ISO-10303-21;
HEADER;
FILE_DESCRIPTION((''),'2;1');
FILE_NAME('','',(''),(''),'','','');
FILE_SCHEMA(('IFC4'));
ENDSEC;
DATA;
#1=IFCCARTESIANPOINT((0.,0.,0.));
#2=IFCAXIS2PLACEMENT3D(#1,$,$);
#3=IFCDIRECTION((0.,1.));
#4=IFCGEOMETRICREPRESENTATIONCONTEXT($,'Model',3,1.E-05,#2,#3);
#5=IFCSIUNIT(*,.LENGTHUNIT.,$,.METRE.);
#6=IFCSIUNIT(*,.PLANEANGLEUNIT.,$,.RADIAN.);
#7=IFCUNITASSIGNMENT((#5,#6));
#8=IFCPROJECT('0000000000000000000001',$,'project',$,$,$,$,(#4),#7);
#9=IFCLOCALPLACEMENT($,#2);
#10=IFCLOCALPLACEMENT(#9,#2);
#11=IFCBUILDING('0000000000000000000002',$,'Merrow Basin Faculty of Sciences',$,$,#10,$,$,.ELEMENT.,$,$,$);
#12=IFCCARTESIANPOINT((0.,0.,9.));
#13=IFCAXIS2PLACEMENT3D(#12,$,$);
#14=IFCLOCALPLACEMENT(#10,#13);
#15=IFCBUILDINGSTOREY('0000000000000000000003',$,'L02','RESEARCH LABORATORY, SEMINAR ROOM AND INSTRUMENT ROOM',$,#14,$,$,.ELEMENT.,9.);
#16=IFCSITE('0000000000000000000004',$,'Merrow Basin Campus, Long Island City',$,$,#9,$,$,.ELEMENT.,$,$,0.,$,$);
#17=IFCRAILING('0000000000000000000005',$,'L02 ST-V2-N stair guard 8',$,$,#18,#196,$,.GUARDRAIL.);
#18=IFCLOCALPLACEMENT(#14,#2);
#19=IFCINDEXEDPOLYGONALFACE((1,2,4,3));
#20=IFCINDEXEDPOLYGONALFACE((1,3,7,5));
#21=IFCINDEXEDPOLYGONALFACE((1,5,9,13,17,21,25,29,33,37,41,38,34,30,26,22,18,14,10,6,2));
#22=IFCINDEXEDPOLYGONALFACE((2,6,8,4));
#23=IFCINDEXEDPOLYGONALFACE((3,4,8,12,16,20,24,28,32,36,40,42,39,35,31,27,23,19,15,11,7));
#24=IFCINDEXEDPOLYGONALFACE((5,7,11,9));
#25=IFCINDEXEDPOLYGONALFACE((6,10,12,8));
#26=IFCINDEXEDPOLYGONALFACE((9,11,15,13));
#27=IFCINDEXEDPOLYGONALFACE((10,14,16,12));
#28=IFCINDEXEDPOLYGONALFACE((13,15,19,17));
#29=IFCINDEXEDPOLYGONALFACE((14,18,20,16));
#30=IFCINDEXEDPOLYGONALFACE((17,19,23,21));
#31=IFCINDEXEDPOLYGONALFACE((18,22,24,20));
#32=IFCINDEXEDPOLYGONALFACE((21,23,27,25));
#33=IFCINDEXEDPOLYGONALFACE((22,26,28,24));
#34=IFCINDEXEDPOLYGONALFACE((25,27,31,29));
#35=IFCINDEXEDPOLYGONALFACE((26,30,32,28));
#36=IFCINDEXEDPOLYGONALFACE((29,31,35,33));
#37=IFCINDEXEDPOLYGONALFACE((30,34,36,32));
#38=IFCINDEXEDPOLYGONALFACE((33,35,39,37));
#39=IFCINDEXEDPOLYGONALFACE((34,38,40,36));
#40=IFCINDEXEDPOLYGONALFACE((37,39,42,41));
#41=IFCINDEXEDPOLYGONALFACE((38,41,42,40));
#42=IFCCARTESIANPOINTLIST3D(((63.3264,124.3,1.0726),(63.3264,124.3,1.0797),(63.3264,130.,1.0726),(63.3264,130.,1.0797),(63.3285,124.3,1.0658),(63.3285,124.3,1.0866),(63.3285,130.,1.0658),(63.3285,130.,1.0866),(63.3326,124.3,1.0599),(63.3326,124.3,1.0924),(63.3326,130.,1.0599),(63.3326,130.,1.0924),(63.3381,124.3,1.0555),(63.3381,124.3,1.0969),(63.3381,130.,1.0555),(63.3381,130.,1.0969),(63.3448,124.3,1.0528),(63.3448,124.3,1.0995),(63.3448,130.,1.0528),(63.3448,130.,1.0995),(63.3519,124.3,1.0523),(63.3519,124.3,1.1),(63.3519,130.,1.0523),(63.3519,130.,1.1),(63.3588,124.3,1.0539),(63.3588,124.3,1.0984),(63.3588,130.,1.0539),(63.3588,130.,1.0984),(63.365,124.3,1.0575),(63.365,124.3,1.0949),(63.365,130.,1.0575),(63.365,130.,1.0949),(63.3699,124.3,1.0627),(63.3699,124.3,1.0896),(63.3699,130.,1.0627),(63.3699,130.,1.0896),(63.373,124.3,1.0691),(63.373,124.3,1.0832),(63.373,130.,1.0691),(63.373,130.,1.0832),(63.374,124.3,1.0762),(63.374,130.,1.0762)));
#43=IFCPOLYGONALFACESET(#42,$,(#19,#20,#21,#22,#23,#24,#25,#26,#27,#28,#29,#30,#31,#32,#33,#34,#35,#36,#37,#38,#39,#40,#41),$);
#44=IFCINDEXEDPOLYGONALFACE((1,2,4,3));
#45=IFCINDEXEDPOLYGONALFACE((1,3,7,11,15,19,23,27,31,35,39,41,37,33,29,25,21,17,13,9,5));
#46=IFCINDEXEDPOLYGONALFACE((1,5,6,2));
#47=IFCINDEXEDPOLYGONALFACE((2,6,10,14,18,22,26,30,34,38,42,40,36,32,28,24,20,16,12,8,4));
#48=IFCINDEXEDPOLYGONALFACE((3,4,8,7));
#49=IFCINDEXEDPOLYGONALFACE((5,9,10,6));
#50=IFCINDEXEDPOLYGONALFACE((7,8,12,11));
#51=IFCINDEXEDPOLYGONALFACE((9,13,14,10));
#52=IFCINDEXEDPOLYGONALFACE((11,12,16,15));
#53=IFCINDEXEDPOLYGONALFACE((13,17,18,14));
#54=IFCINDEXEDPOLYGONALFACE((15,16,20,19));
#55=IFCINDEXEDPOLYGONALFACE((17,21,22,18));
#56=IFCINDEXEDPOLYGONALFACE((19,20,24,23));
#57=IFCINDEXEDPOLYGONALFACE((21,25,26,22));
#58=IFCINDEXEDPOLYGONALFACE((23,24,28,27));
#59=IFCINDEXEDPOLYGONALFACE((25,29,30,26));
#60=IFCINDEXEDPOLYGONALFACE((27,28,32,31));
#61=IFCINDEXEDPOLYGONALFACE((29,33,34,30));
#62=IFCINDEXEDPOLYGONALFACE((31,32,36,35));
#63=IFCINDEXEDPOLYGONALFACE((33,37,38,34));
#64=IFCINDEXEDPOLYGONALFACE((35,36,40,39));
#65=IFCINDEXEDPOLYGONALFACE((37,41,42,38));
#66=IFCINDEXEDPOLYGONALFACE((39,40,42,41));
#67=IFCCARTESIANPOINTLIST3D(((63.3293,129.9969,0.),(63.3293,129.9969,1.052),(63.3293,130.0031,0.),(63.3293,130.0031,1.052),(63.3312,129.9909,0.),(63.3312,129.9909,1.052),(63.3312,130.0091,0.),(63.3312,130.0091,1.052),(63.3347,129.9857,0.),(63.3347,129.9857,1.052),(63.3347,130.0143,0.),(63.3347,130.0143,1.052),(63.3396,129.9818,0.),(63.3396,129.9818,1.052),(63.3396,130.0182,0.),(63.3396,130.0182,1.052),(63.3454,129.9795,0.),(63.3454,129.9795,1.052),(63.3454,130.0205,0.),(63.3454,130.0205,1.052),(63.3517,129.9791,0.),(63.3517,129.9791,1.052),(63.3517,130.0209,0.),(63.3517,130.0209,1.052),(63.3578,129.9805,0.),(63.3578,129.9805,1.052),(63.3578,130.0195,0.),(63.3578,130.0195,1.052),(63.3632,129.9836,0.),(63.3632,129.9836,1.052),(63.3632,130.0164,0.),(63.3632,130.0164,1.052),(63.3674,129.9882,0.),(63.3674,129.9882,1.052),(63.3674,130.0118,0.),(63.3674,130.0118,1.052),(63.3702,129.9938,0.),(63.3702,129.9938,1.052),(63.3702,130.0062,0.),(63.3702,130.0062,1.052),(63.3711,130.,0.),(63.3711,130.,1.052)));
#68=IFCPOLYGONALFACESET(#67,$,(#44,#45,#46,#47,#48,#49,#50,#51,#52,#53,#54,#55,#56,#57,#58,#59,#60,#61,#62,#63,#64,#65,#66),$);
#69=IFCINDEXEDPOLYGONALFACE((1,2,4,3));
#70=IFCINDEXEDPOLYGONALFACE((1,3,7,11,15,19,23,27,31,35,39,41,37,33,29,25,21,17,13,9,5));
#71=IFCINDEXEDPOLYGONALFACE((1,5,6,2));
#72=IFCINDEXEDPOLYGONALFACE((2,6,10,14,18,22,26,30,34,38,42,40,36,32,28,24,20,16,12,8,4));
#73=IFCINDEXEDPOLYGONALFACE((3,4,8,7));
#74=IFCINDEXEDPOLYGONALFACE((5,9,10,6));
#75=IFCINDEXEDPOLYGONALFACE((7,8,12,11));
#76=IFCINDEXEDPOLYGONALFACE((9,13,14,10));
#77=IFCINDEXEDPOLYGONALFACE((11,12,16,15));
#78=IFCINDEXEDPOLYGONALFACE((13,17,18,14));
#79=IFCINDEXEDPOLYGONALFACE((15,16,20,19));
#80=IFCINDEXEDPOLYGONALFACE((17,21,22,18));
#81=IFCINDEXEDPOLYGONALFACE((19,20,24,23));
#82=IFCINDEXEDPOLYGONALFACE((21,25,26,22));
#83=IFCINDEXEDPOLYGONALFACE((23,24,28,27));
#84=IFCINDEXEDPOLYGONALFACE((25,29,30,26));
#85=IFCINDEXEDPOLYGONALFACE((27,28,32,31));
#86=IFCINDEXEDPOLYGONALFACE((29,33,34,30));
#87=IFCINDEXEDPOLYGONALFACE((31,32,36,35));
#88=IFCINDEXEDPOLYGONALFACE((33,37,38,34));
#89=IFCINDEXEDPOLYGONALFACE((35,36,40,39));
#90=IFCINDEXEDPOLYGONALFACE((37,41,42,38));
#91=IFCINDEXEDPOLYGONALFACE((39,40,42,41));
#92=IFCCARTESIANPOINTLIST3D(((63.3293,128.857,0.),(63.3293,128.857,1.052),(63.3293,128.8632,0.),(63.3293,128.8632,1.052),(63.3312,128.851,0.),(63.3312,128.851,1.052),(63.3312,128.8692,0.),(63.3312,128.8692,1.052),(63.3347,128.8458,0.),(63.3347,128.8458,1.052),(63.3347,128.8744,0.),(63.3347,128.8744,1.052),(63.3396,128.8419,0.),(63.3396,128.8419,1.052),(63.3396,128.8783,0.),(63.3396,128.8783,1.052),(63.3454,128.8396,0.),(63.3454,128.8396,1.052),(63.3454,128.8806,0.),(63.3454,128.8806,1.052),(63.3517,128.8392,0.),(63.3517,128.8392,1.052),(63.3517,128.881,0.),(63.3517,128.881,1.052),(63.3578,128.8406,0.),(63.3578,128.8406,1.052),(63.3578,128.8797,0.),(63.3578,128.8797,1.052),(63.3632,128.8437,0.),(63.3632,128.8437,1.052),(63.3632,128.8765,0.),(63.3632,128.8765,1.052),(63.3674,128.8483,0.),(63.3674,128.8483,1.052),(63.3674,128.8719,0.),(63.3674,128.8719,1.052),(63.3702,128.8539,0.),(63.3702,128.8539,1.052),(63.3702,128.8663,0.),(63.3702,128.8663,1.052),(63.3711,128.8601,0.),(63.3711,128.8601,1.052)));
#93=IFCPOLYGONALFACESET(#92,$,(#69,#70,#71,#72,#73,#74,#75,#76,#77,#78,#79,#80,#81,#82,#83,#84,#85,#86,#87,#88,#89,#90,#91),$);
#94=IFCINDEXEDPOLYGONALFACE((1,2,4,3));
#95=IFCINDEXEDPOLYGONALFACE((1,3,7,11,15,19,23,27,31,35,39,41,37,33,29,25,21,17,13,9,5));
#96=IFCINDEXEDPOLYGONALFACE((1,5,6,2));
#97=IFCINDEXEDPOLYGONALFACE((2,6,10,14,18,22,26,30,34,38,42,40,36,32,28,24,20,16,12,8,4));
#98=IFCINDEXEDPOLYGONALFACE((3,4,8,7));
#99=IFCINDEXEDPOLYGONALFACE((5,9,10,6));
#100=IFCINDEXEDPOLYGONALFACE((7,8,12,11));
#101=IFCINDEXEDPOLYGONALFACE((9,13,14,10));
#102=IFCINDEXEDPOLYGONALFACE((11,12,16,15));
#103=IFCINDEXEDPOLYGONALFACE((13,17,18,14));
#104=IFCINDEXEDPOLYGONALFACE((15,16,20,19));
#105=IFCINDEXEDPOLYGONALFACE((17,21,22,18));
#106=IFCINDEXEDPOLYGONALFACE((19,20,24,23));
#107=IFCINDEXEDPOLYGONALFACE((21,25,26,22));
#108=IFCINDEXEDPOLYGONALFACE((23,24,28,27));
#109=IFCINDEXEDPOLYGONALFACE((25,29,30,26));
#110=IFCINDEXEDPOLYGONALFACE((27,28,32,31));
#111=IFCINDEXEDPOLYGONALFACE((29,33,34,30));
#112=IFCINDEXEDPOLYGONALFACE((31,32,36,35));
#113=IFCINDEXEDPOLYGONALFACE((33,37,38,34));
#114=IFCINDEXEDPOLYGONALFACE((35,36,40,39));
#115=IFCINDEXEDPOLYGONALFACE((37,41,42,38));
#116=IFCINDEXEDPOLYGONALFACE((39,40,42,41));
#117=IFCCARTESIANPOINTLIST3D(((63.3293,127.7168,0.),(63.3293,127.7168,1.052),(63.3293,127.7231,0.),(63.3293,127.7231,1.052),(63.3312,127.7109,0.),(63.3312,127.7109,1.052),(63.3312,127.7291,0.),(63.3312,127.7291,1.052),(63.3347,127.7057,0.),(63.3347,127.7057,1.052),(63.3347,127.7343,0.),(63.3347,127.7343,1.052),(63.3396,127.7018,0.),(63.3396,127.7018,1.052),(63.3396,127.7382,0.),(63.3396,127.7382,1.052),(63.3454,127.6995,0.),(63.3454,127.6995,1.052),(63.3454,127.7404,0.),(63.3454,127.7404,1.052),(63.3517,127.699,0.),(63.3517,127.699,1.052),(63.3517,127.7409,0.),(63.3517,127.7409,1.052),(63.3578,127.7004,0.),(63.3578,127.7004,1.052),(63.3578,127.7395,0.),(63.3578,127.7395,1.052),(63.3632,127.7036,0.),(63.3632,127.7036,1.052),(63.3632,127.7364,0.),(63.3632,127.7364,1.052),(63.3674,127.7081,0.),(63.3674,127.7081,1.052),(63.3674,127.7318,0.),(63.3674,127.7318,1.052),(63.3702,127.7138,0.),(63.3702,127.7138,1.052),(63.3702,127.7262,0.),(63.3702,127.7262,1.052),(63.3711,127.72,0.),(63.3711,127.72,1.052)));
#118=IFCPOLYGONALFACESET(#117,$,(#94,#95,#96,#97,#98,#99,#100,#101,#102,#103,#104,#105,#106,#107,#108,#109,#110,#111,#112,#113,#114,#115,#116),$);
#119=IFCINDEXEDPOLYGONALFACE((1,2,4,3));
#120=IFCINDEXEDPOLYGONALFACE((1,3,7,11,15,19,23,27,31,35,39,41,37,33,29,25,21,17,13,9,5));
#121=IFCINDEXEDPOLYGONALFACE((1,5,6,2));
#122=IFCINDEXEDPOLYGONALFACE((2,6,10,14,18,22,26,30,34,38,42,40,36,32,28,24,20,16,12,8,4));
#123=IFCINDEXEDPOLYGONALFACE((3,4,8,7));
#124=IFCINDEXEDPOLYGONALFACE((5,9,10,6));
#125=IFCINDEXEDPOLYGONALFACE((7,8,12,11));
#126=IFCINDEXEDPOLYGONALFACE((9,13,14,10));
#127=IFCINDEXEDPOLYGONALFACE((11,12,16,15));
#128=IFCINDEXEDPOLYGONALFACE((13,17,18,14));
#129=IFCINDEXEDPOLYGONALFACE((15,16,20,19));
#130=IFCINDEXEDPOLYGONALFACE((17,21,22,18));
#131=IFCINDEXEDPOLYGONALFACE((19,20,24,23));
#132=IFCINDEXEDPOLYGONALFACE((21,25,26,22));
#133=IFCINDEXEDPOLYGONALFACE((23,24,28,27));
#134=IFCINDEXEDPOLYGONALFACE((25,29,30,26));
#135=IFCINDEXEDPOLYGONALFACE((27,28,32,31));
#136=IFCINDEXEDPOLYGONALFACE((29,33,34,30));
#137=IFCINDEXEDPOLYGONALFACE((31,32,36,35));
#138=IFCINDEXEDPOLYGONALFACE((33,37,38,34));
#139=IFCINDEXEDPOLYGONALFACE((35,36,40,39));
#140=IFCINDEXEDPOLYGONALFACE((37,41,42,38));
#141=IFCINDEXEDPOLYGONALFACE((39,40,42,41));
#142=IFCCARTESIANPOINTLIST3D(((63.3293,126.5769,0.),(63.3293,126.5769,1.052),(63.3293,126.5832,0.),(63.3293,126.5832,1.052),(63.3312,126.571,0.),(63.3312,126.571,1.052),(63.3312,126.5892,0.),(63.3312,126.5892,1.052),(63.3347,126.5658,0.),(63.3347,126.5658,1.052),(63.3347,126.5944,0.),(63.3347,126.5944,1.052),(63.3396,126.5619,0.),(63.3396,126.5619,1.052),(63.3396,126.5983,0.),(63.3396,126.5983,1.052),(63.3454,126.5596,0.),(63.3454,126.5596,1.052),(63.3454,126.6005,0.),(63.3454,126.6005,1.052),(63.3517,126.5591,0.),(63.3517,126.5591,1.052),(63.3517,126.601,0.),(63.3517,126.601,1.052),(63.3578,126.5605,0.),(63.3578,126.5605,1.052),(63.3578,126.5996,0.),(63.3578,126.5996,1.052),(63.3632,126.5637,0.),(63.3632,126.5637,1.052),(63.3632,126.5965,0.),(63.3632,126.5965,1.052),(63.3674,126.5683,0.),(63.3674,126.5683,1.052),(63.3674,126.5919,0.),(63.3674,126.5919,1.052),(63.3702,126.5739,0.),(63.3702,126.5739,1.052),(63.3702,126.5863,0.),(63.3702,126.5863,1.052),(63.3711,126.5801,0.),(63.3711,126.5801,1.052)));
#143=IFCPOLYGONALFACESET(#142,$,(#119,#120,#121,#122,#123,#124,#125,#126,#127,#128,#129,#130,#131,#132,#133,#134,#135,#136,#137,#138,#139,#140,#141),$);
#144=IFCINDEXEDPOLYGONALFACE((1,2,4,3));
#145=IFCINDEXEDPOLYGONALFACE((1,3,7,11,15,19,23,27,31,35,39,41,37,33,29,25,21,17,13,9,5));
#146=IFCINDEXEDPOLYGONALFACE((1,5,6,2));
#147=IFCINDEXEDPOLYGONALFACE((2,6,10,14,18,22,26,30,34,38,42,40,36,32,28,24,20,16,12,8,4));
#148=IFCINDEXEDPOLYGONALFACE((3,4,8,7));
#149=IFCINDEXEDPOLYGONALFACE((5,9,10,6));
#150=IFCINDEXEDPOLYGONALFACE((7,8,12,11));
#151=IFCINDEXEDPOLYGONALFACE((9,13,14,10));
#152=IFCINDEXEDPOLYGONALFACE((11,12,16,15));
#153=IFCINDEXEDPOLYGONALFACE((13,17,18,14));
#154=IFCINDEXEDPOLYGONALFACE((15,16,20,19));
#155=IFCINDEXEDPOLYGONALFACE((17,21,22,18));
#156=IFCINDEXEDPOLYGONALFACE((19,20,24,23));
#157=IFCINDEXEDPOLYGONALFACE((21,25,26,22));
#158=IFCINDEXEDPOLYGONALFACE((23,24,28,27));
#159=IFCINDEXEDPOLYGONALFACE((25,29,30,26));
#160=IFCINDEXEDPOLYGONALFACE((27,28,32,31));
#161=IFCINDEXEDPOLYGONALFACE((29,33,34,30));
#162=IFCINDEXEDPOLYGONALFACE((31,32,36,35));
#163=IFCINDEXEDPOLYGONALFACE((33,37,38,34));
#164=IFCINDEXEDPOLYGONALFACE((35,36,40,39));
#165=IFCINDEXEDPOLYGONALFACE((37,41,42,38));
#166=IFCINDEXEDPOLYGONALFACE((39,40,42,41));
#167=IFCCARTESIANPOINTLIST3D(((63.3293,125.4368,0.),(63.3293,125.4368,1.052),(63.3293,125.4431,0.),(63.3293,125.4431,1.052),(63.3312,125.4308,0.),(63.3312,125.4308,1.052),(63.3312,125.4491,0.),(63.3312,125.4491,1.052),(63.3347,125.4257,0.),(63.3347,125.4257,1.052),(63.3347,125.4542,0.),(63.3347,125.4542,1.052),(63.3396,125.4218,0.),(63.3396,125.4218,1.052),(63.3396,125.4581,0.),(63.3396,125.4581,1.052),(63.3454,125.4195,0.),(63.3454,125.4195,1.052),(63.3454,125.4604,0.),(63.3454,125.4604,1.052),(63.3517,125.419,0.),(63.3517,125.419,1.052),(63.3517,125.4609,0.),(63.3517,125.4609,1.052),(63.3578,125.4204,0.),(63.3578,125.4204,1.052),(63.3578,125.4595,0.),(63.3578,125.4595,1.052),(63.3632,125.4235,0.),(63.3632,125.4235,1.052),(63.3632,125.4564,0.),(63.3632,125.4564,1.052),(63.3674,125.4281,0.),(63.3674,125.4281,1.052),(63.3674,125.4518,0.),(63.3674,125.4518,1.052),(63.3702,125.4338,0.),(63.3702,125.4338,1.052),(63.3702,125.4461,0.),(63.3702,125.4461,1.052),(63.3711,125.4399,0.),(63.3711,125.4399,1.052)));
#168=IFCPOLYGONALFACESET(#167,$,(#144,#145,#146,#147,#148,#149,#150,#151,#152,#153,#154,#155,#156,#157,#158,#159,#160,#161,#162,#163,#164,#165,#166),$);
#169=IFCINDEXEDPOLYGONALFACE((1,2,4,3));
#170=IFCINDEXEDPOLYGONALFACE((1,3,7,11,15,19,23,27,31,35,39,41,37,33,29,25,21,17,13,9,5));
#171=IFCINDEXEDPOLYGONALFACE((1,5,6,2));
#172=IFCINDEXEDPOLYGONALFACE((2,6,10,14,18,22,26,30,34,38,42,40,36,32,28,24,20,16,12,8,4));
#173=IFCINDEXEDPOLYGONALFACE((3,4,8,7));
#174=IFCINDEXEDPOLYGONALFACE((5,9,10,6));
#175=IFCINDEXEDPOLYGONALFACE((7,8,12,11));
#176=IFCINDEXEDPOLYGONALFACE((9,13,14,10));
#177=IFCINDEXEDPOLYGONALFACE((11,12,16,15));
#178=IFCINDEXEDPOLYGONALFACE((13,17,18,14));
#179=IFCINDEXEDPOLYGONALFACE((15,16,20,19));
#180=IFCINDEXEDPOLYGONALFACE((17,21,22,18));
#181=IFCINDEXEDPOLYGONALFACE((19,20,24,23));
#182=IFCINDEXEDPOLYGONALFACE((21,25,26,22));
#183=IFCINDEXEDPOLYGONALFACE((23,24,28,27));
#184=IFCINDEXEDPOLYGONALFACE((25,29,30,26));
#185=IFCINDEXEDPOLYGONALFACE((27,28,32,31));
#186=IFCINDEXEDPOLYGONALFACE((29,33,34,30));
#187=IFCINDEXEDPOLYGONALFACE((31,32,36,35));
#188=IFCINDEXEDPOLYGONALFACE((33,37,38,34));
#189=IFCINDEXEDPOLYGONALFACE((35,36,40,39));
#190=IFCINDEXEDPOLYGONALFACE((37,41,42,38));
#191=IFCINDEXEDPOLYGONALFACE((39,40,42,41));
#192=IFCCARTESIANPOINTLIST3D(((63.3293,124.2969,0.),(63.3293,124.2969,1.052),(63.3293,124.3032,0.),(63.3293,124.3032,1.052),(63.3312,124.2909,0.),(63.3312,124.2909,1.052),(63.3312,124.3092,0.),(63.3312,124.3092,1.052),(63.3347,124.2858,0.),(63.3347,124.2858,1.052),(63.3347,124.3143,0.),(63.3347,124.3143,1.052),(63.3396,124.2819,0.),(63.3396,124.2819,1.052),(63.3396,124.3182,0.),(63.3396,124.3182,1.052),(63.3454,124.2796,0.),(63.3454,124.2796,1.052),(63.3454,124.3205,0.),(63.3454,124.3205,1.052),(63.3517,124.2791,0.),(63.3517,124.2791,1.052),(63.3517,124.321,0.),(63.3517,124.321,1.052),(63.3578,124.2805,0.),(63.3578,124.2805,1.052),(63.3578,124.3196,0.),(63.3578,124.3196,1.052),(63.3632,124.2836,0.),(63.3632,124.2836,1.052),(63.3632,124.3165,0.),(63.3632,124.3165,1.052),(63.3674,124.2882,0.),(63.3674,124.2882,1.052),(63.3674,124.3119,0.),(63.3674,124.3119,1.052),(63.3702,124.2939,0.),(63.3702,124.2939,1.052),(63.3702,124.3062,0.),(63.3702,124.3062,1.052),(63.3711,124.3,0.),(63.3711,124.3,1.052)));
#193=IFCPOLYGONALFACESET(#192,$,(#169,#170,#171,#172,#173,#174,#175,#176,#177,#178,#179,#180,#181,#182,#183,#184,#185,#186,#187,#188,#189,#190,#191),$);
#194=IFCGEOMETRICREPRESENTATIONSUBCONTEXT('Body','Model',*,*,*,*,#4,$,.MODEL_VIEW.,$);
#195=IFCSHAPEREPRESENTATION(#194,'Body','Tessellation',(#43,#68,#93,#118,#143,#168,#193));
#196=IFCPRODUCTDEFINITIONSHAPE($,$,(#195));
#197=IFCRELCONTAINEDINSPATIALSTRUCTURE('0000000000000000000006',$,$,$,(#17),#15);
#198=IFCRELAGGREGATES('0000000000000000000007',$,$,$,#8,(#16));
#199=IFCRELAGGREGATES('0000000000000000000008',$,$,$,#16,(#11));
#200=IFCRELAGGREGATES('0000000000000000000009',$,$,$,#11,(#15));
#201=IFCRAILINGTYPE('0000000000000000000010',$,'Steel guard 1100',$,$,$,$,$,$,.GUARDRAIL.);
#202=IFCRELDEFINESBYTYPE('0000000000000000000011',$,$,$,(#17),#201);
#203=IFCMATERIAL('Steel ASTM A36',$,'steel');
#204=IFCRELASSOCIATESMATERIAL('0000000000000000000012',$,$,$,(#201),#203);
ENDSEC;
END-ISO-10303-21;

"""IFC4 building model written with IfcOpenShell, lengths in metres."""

from ifc_helpers import new_model, si_unit, direction, frame, origin, origin_2d, place, context, subcontext, project, spatial, circle, extrude, material, type_object, element, save


model = new_model("IFC4")

# Units and contexts
model_context = context("Model", 3, precision=1e-05, world=origin(), true_north=direction((0.0, 1.0)))
body_context = subcontext(model_context, "Body", "Model", "MODEL_VIEW")
ifc_project = project(units=[si_unit("LENGTHUNIT", "METRE"), si_unit("PLANEANGLEUNIT", "RADIAN")], contexts=[model_context])

# Site, building, storey
site_placement = place(None, origin())
site = spatial("IfcSite", under=ifc_project, at=site_placement, Name="Merrow Basin Campus, Long Island City", CompositionType="ELEMENT", RefElevation=0.0)
building_placement = place(site_placement, origin())
building = spatial("IfcBuilding", under=site, at=building_placement, Name="Merrow Basin Faculty of Sciences", CompositionType="ELEMENT")
storey_placement = place(building_placement, frame((0.0, 0.0, 9.0)))
storey = spatial("IfcBuildingStorey", under=building, at=storey_placement, Name="L02", Description="RESEARCH LABORATORY, SEMINAR ROOM AND INSTRUMENT ROOM", CompositionType="ELEMENT", Elevation=9.0)

# Railing
ifc_material_1 = material(Name="Steel ASTM A36", Category="steel")
railing_type_1 = type_object("IfcRailingType", Name="Steel guard 1100", PredefinedType="GUARDRAIL", material=ifc_material_1)
railing_1_placement = place(storey_placement, frame((63.3501, 130.0, 0.0)))
element("IfcRailing", 1, at=railing_1_placement, inside=storey, type_object=railing_type_1, Name="L02 ST-V2-N stair guard 8", PredefinedType="GUARDRAIL", context=body_context, shape_type="SweptSolid", body=[
    extrude(circle(Radius=0.0239, at=origin_2d()), frame((0.0, 0.0, 1.0762), z_axis=(0.0, -1.0, 0.0), x_axis=(1.0, 0.0, 0.0)), (0.0, 0.0, 1.0), 5.7),
    extrude(circle(Radius=0.021, at=origin_2d()), origin(), (0.0, 0.0, 1.0), 1.052),
    extrude(circle(Radius=0.021, at=origin_2d()), frame((0.0, -1.1399, 0.0)), (0.0, 0.0, 1.0), 1.052),
    extrude(circle(Radius=0.021, at=origin_2d()), frame((0.0, -2.28, 0.0)), (0.0, 0.0, 1.0), 1.052),
    extrude(circle(Radius=0.021, at=origin_2d()), frame((0.0, -3.4199, 0.0)), (0.0, 0.0, 1.0), 1.052),
    extrude(circle(Radius=0.021, at=origin_2d()), frame((0.0, -4.5601, 0.0)), (0.0, 0.0, 1.0), 1.052),
    extrude(circle(Radius=0.021, at=origin_2d()), frame((0.0, -5.7, 0.0)), (0.0, 0.0, 1.0), 1.052),
])

save(model, "model.ifc")
